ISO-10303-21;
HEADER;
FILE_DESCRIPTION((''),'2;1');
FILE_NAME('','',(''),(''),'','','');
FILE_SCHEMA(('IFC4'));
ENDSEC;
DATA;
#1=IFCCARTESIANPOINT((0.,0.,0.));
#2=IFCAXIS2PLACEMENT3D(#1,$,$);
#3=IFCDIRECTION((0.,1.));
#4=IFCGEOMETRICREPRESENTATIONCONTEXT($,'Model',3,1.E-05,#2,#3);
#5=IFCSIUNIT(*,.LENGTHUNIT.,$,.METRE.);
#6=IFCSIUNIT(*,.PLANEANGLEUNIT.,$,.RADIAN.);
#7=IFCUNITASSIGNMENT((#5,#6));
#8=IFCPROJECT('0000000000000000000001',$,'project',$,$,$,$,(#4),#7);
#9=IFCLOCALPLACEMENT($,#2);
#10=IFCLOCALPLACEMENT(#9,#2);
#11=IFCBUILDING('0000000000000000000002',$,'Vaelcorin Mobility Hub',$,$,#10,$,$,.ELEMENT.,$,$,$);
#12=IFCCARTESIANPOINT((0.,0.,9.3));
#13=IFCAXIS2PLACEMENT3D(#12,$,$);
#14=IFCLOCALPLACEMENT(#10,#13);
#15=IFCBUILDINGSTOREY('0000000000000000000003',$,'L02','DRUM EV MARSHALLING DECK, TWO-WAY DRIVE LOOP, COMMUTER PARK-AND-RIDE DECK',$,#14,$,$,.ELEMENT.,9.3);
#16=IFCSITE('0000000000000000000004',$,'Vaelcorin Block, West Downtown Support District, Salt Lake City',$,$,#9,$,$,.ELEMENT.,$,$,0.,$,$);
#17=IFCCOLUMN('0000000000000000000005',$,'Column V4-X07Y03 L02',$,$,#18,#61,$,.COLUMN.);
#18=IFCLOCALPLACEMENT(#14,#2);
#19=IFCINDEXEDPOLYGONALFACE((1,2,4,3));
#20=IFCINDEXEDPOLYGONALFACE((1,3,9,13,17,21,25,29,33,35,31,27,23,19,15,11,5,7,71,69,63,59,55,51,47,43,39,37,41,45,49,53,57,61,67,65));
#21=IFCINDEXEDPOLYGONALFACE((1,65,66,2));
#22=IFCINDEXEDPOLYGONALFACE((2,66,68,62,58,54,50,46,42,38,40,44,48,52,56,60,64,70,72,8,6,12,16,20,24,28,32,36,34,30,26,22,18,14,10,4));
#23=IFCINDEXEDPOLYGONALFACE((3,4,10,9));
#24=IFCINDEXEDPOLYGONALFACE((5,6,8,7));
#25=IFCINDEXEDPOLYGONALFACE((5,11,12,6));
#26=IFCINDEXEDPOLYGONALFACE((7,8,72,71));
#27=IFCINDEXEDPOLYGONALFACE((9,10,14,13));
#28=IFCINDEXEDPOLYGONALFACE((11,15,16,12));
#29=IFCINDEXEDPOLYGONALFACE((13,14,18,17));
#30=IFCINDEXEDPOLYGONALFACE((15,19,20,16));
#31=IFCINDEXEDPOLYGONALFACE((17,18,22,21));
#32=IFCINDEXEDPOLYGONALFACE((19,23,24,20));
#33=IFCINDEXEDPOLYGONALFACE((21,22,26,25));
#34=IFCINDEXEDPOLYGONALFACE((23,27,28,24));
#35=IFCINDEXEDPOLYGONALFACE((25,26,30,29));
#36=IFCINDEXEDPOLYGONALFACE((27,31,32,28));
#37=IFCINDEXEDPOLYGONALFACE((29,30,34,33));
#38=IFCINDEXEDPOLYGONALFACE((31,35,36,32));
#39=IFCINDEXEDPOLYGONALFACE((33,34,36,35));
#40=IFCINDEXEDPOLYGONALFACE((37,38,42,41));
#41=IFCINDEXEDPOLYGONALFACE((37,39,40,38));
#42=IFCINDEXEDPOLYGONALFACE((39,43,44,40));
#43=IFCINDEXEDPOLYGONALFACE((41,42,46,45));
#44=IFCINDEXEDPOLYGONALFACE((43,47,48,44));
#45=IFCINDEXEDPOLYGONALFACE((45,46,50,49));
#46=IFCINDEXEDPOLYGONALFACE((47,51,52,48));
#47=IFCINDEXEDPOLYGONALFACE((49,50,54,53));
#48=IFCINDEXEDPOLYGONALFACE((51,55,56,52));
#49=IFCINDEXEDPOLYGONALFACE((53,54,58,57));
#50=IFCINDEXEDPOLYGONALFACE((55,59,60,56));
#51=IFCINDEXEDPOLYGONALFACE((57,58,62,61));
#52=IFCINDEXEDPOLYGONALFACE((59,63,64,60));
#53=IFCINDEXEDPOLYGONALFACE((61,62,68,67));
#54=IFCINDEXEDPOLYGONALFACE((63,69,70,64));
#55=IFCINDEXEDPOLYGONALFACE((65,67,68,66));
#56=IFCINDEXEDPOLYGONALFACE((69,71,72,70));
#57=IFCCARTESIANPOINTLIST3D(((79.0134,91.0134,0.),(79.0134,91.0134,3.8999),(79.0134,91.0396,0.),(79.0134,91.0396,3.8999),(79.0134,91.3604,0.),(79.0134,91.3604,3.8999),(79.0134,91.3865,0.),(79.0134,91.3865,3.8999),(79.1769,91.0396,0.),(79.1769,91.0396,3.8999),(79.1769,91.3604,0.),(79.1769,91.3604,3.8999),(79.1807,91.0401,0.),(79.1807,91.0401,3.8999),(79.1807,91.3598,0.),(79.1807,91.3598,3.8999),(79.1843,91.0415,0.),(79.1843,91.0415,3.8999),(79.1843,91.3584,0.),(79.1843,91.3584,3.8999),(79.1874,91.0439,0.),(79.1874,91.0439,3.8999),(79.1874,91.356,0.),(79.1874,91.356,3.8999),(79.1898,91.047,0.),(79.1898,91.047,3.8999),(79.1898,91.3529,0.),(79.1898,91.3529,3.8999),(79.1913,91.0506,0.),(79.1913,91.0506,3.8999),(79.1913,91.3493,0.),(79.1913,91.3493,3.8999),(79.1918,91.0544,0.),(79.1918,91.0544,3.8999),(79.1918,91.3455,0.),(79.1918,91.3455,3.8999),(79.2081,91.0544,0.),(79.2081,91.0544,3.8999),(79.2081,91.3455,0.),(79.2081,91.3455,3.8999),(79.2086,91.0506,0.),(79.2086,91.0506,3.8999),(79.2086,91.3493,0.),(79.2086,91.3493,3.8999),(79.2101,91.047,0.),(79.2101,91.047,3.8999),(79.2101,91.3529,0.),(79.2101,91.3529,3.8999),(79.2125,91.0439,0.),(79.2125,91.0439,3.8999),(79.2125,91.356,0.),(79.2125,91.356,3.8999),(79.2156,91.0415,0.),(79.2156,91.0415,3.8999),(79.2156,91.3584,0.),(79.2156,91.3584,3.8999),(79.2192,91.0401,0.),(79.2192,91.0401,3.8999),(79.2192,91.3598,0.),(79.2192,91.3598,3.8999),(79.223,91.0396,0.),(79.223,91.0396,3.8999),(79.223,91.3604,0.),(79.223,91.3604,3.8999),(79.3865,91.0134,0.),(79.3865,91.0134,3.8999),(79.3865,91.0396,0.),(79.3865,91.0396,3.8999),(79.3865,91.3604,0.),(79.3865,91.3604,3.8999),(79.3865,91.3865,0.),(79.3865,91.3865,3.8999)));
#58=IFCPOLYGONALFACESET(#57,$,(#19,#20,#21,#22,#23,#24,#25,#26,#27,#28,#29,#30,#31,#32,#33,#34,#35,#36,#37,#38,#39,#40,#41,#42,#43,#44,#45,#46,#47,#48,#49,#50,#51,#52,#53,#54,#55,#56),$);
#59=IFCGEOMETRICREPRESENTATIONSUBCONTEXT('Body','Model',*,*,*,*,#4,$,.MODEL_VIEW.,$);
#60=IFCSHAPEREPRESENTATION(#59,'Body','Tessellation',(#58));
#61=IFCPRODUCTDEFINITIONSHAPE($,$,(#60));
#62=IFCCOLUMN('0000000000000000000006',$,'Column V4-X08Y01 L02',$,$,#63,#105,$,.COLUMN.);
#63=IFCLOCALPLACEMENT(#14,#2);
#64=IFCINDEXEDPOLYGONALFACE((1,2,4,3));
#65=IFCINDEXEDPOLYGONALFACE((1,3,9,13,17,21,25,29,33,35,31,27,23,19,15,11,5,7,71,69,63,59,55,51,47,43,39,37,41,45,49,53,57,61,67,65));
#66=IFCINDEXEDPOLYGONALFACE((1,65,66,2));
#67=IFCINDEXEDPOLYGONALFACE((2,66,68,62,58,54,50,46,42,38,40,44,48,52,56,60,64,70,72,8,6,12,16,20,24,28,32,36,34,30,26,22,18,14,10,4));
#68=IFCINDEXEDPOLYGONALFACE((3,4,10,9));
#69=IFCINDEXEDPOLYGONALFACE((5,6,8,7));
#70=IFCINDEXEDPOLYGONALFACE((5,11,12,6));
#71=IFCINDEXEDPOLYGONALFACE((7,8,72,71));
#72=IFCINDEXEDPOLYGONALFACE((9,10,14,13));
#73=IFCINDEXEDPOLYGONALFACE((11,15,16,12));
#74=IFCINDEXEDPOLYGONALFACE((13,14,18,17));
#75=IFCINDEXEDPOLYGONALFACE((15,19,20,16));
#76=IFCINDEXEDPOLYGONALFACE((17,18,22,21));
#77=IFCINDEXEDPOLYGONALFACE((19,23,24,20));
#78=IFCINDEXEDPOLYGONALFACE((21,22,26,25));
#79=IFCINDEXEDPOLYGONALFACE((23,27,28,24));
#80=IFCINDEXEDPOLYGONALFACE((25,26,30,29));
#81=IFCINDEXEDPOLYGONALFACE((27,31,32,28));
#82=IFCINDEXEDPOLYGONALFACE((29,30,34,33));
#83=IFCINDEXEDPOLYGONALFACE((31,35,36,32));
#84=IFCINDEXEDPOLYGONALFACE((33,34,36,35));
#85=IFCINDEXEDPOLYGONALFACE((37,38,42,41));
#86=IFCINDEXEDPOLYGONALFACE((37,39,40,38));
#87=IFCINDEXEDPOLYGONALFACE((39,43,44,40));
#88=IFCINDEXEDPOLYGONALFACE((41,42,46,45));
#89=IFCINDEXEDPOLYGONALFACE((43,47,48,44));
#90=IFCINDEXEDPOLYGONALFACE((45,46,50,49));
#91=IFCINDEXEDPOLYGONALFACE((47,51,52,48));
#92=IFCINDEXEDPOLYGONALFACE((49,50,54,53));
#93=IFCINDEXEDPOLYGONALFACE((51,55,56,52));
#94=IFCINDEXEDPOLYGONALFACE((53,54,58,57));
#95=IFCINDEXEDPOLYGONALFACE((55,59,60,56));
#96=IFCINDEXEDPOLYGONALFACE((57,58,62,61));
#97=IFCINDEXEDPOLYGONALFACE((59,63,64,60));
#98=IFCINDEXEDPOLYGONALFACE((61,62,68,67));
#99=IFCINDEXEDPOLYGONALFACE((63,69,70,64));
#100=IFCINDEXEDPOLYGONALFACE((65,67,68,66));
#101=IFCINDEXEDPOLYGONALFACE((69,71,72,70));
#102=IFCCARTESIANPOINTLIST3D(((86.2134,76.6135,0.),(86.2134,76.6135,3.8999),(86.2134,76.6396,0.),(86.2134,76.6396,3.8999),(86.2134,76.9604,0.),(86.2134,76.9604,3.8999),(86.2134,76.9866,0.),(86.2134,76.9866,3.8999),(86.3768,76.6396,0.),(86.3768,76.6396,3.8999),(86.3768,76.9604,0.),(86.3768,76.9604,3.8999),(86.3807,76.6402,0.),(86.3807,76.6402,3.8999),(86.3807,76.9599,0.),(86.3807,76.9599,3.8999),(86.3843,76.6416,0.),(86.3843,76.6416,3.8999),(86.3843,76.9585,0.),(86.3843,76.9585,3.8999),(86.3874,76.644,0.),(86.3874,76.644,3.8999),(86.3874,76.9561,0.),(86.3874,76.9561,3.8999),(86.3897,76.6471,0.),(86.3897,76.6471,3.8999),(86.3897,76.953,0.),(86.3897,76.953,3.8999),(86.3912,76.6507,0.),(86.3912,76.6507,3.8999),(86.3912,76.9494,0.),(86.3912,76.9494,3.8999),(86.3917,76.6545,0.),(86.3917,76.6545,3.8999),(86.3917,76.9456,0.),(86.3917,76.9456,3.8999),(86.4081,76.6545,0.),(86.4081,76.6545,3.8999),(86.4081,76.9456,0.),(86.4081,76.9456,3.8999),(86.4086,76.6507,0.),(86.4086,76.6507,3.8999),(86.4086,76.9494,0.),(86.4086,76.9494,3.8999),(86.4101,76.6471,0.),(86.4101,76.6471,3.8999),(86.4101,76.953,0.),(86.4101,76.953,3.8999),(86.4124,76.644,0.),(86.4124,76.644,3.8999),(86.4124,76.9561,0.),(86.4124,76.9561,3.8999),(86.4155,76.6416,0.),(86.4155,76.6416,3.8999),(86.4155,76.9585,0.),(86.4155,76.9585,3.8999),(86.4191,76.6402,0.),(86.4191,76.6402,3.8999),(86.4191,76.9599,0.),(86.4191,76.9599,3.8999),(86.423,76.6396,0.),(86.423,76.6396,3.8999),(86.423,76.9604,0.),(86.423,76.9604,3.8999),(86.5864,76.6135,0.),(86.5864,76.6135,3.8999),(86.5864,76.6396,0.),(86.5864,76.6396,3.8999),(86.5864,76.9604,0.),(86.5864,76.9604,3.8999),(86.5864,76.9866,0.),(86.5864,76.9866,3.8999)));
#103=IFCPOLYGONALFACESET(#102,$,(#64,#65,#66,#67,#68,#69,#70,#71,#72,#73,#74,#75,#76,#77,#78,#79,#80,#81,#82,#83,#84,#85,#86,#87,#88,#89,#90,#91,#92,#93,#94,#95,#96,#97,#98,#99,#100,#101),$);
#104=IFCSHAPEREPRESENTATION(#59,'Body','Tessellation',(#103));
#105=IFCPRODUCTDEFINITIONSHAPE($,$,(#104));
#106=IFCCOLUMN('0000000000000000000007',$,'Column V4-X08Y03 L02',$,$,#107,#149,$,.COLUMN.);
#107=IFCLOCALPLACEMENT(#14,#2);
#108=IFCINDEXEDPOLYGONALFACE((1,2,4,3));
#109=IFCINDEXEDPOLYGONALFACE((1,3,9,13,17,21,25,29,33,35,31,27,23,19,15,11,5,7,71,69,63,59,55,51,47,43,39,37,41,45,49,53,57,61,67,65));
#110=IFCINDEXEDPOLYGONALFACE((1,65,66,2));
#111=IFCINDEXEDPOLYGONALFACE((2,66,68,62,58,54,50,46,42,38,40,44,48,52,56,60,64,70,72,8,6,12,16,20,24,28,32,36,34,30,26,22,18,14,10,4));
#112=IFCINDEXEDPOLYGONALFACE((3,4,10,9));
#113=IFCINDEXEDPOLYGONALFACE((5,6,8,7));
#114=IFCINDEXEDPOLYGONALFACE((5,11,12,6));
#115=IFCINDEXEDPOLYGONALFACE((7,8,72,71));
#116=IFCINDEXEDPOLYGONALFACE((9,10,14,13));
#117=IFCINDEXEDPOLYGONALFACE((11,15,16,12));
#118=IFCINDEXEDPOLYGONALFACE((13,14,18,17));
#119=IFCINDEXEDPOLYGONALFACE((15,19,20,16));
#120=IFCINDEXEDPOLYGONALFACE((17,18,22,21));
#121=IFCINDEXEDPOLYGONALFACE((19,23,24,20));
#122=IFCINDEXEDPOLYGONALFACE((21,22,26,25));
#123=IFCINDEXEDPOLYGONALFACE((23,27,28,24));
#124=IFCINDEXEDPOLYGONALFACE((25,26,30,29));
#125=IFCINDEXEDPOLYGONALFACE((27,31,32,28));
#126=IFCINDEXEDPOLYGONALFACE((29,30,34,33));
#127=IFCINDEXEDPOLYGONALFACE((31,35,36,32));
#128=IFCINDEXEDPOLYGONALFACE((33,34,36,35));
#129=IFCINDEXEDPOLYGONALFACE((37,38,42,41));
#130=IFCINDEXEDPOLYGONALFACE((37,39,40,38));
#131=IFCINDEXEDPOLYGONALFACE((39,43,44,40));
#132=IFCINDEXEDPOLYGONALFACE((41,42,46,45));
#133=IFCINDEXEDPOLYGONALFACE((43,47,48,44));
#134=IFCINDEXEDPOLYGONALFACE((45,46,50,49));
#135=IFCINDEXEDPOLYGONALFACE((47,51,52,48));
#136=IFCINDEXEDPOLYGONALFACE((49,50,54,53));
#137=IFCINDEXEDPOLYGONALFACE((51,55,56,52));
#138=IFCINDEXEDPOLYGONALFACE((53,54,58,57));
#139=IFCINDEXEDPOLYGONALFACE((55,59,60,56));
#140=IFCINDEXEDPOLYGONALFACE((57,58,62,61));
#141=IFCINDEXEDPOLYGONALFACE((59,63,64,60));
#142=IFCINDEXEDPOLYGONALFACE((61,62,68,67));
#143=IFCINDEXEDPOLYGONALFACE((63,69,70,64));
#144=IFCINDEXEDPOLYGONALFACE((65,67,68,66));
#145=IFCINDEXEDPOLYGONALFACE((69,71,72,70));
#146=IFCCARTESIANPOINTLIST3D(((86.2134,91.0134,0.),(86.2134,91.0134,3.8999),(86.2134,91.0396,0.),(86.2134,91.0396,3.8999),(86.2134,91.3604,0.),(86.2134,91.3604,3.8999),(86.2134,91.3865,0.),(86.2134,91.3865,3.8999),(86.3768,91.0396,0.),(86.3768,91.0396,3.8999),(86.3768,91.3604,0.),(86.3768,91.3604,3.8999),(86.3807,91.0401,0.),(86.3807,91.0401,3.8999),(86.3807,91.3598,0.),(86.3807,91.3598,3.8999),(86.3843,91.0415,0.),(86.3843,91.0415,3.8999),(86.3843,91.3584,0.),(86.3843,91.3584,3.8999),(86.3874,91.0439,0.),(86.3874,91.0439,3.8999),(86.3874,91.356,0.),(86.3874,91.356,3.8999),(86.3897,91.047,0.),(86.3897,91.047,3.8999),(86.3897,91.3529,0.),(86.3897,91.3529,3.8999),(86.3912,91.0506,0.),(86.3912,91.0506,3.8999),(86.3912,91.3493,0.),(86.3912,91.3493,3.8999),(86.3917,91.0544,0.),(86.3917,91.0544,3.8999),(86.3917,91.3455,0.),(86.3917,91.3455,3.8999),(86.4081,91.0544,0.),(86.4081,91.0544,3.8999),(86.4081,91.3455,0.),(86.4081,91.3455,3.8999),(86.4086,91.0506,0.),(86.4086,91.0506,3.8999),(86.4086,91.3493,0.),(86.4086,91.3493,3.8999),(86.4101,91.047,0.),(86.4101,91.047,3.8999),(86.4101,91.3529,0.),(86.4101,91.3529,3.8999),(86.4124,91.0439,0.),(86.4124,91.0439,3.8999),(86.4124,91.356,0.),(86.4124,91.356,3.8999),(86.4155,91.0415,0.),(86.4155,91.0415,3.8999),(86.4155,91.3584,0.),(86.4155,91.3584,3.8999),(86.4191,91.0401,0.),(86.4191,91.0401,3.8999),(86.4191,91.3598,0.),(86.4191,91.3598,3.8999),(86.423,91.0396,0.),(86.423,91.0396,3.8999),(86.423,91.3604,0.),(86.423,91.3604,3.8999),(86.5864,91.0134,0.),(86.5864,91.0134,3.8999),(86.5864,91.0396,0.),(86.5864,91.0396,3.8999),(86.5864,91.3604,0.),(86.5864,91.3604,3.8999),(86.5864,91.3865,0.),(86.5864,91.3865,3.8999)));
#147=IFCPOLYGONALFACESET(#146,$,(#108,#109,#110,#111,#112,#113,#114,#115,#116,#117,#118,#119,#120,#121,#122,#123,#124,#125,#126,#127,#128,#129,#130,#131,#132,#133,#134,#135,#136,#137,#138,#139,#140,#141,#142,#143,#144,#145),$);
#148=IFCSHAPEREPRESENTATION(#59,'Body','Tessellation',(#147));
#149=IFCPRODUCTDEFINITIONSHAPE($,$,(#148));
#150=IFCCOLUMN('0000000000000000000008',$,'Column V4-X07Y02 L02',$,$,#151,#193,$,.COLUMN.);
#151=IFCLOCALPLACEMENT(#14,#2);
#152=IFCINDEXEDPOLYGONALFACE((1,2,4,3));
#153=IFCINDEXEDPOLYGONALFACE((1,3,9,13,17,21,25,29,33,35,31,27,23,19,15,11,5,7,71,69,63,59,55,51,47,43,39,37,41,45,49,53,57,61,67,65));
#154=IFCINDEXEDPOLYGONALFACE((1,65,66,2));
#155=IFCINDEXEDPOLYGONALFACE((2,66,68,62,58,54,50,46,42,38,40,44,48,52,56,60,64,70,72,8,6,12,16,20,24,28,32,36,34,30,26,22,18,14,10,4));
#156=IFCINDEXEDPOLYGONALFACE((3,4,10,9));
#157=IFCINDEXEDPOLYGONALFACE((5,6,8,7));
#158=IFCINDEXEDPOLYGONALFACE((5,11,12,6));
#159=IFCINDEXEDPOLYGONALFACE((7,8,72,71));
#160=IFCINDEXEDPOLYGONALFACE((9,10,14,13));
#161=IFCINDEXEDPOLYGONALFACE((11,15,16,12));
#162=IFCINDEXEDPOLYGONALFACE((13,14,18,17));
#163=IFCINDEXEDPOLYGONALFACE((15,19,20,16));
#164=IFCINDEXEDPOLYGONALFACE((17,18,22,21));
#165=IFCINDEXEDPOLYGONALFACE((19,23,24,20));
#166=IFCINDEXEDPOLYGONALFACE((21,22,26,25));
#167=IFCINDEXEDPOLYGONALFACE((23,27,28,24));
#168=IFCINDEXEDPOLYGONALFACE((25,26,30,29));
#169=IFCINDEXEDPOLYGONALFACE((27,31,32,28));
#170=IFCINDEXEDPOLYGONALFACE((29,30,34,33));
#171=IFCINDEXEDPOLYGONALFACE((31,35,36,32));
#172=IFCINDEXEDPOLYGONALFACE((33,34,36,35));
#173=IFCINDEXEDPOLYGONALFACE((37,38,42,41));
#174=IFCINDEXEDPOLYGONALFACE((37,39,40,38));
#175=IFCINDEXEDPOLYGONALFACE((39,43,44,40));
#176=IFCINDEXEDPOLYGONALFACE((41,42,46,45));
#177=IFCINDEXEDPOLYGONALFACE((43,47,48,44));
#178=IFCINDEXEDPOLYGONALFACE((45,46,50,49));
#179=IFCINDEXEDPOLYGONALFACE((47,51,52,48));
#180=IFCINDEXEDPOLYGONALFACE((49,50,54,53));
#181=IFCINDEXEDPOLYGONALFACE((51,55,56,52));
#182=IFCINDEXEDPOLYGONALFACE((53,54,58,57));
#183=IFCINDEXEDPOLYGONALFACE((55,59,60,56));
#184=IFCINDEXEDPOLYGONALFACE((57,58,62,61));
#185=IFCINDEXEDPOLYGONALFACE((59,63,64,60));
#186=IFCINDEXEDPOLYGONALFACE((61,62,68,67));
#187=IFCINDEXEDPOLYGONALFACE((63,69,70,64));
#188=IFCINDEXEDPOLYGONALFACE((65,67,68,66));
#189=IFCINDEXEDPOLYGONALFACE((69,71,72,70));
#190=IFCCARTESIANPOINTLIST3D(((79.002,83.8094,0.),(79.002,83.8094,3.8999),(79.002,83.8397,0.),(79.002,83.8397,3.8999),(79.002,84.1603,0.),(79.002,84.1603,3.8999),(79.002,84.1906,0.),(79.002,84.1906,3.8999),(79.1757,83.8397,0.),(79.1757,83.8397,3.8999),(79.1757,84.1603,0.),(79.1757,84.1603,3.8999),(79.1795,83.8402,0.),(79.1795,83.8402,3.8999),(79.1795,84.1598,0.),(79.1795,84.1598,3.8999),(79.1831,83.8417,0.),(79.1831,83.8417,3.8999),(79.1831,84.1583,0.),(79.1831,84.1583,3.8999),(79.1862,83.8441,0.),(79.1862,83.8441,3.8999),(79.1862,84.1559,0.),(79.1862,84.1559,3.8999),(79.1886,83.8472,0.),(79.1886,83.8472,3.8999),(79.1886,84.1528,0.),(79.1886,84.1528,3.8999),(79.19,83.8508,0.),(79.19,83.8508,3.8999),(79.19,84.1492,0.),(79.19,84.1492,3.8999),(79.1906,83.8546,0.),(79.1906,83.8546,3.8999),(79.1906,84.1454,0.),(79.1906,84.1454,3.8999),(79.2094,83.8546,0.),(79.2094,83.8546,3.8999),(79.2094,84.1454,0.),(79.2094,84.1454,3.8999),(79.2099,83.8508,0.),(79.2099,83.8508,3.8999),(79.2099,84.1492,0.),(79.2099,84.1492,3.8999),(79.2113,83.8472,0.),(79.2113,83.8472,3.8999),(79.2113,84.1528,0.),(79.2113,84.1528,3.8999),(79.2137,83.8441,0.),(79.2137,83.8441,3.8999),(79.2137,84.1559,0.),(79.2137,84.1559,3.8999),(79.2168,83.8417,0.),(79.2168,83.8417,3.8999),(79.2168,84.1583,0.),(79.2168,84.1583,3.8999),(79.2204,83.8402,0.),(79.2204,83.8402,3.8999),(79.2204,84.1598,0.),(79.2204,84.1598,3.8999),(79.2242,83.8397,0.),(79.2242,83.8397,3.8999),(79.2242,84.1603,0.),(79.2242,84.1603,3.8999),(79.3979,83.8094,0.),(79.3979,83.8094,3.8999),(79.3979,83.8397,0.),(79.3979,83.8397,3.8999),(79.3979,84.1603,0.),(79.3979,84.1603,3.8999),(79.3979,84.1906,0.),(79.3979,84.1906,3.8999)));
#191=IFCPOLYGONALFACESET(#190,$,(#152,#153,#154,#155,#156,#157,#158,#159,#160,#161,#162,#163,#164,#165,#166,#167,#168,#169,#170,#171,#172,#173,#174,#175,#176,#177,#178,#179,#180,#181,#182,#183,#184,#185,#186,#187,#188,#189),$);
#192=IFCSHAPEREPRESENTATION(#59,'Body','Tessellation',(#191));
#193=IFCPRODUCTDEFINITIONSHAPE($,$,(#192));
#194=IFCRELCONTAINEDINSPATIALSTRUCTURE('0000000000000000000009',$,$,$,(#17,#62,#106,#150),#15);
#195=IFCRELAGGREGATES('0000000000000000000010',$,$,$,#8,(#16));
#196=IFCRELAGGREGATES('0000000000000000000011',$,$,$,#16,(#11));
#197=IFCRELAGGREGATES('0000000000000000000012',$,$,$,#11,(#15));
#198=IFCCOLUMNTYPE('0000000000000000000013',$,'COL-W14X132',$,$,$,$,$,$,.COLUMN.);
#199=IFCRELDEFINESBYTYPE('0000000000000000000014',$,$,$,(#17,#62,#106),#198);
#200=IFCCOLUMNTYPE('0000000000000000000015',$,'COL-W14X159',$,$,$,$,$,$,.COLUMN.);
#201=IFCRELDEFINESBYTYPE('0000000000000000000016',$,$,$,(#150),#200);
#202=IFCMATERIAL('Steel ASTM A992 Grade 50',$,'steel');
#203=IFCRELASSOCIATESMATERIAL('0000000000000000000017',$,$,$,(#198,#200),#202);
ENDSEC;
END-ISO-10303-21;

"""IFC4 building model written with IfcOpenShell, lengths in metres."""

from ifc_helpers import new_model, si_unit, direction, frame, origin, origin_2d, place, context, subcontext, project, spatial, i_section, extrude, material, material_profile, profile_set, type_object, element, save


model = new_model("IFC4")

# Units and contexts
model_context = context("Model", 3, precision=1e-05, world=origin(), true_north=direction((0.0, 1.0)))
body_context = subcontext(model_context, "Body", "Model", "MODEL_VIEW")
ifc_project = project(units=[si_unit("LENGTHUNIT", "METRE"), si_unit("PLANEANGLEUNIT", "RADIAN")], contexts=[model_context])

# Site, building, storey
site_placement = place(None, origin())
site = spatial("IfcSite", under=ifc_project, at=site_placement, Name="Vaelcorin Block, West Downtown Support District, Salt Lake City", CompositionType="ELEMENT", RefElevation=0.0)
building_placement = place(site_placement, origin())
building = spatial("IfcBuilding", under=site, at=building_placement, Name="Vaelcorin Mobility Hub", CompositionType="ELEMENT")
storey_placement = place(building_placement, frame((0.0, 0.0, 9.3)))
storey = spatial("IfcBuildingStorey", under=building, at=storey_placement, Name="L02", Description="DRUM EV MARSHALLING DECK, TWO-WAY DRIVE LOOP, COMMUTER PARK-AND-RIDE DECK", CompositionType="ELEMENT", Elevation=9.3)

# Columns
ifc_material_1 = material(Name="Steel ASTM A992 Grade 50", Category="steel")
ifc_material_profile_1 = material_profile(ifc_material_1, i_section(OverallWidth=0.373, OverallDepth=0.373, WebThickness=0.0164, FlangeThickness=0.0261, FilletRadius=0.0149, at=origin_2d()), Name="W14X132")
ifc_profile_set_1 = profile_set([ifc_material_profile_1], Name="Steel ASTM A992 Grade 50")
column_type_1 = type_object("IfcColumnType", Name="COL-W14X132", PredefinedType="COLUMN", material=ifc_profile_set_1)
for number, where, z_axis, x_axis, name in (
    (1, (79.2, 91.2, 0.0), (0.0, 0.0, 1.0), (1.0, 0.0, 0.0), "Column V4-X07Y03 L02"),
    (2, (86.3999, 76.8, 0.0), (0.0, 0.0, 1.0), (1.0, 0.0, 0.0), "Column V4-X08Y01 L02"),
    (3, (86.3999, 91.2, 0.0), (0.0, 0.0, 1.0), (1.0, 0.0, 0.0), "Column V4-X08Y03 L02"),
):
    element("IfcColumn", number, at=place(storey_placement, frame(where, z_axis=z_axis, x_axis=x_axis)), inside=storey, type_object=column_type_1, Name=name, PredefinedType="COLUMN", context=body_context, shape_type="SweptSolid", body=[
        extrude(i_section(OverallWidth=0.373, OverallDepth=0.373, WebThickness=0.0164, FlangeThickness=0.0261, FilletRadius=0.0149, at=origin_2d()), origin(), (0.0, 0.0, 1.0), 3.8999),
    ])
ifc_material_profile_2 = material_profile(ifc_material_1, i_section(OverallWidth=0.396, OverallDepth=0.3811, WebThickness=0.0188, FlangeThickness=0.0303, FilletRadius=0.0149, at=origin_2d()), Name="W14X159")
ifc_profile_set_2 = profile_set([ifc_material_profile_2], Name="Steel ASTM A992 Grade 50")
column_type_2 = type_object("IfcColumnType", Name="COL-W14X159", PredefinedType="COLUMN", material=ifc_profile_set_2)
for number, where, z_axis, x_axis, name in (
    (4, (79.2, 84.0, 0.0), (0.0, 0.0, 1.0), (1.0, 0.0, 0.0), "Column V4-X07Y02 L02"),
):
    element("IfcColumn", number, at=place(storey_placement, frame(where, z_axis=z_axis, x_axis=x_axis)), inside=storey, type_object=column_type_2, Name=name, PredefinedType="COLUMN", context=body_context, shape_type="SweptSolid", body=[
        extrude(i_section(OverallWidth=0.396, OverallDepth=0.3811, WebThickness=0.0188, FlangeThickness=0.0303, FilletRadius=0.0149, at=origin_2d()), origin(), (0.0, 0.0, 1.0), 3.8999),
    ])

save(model, "model.ifc")
